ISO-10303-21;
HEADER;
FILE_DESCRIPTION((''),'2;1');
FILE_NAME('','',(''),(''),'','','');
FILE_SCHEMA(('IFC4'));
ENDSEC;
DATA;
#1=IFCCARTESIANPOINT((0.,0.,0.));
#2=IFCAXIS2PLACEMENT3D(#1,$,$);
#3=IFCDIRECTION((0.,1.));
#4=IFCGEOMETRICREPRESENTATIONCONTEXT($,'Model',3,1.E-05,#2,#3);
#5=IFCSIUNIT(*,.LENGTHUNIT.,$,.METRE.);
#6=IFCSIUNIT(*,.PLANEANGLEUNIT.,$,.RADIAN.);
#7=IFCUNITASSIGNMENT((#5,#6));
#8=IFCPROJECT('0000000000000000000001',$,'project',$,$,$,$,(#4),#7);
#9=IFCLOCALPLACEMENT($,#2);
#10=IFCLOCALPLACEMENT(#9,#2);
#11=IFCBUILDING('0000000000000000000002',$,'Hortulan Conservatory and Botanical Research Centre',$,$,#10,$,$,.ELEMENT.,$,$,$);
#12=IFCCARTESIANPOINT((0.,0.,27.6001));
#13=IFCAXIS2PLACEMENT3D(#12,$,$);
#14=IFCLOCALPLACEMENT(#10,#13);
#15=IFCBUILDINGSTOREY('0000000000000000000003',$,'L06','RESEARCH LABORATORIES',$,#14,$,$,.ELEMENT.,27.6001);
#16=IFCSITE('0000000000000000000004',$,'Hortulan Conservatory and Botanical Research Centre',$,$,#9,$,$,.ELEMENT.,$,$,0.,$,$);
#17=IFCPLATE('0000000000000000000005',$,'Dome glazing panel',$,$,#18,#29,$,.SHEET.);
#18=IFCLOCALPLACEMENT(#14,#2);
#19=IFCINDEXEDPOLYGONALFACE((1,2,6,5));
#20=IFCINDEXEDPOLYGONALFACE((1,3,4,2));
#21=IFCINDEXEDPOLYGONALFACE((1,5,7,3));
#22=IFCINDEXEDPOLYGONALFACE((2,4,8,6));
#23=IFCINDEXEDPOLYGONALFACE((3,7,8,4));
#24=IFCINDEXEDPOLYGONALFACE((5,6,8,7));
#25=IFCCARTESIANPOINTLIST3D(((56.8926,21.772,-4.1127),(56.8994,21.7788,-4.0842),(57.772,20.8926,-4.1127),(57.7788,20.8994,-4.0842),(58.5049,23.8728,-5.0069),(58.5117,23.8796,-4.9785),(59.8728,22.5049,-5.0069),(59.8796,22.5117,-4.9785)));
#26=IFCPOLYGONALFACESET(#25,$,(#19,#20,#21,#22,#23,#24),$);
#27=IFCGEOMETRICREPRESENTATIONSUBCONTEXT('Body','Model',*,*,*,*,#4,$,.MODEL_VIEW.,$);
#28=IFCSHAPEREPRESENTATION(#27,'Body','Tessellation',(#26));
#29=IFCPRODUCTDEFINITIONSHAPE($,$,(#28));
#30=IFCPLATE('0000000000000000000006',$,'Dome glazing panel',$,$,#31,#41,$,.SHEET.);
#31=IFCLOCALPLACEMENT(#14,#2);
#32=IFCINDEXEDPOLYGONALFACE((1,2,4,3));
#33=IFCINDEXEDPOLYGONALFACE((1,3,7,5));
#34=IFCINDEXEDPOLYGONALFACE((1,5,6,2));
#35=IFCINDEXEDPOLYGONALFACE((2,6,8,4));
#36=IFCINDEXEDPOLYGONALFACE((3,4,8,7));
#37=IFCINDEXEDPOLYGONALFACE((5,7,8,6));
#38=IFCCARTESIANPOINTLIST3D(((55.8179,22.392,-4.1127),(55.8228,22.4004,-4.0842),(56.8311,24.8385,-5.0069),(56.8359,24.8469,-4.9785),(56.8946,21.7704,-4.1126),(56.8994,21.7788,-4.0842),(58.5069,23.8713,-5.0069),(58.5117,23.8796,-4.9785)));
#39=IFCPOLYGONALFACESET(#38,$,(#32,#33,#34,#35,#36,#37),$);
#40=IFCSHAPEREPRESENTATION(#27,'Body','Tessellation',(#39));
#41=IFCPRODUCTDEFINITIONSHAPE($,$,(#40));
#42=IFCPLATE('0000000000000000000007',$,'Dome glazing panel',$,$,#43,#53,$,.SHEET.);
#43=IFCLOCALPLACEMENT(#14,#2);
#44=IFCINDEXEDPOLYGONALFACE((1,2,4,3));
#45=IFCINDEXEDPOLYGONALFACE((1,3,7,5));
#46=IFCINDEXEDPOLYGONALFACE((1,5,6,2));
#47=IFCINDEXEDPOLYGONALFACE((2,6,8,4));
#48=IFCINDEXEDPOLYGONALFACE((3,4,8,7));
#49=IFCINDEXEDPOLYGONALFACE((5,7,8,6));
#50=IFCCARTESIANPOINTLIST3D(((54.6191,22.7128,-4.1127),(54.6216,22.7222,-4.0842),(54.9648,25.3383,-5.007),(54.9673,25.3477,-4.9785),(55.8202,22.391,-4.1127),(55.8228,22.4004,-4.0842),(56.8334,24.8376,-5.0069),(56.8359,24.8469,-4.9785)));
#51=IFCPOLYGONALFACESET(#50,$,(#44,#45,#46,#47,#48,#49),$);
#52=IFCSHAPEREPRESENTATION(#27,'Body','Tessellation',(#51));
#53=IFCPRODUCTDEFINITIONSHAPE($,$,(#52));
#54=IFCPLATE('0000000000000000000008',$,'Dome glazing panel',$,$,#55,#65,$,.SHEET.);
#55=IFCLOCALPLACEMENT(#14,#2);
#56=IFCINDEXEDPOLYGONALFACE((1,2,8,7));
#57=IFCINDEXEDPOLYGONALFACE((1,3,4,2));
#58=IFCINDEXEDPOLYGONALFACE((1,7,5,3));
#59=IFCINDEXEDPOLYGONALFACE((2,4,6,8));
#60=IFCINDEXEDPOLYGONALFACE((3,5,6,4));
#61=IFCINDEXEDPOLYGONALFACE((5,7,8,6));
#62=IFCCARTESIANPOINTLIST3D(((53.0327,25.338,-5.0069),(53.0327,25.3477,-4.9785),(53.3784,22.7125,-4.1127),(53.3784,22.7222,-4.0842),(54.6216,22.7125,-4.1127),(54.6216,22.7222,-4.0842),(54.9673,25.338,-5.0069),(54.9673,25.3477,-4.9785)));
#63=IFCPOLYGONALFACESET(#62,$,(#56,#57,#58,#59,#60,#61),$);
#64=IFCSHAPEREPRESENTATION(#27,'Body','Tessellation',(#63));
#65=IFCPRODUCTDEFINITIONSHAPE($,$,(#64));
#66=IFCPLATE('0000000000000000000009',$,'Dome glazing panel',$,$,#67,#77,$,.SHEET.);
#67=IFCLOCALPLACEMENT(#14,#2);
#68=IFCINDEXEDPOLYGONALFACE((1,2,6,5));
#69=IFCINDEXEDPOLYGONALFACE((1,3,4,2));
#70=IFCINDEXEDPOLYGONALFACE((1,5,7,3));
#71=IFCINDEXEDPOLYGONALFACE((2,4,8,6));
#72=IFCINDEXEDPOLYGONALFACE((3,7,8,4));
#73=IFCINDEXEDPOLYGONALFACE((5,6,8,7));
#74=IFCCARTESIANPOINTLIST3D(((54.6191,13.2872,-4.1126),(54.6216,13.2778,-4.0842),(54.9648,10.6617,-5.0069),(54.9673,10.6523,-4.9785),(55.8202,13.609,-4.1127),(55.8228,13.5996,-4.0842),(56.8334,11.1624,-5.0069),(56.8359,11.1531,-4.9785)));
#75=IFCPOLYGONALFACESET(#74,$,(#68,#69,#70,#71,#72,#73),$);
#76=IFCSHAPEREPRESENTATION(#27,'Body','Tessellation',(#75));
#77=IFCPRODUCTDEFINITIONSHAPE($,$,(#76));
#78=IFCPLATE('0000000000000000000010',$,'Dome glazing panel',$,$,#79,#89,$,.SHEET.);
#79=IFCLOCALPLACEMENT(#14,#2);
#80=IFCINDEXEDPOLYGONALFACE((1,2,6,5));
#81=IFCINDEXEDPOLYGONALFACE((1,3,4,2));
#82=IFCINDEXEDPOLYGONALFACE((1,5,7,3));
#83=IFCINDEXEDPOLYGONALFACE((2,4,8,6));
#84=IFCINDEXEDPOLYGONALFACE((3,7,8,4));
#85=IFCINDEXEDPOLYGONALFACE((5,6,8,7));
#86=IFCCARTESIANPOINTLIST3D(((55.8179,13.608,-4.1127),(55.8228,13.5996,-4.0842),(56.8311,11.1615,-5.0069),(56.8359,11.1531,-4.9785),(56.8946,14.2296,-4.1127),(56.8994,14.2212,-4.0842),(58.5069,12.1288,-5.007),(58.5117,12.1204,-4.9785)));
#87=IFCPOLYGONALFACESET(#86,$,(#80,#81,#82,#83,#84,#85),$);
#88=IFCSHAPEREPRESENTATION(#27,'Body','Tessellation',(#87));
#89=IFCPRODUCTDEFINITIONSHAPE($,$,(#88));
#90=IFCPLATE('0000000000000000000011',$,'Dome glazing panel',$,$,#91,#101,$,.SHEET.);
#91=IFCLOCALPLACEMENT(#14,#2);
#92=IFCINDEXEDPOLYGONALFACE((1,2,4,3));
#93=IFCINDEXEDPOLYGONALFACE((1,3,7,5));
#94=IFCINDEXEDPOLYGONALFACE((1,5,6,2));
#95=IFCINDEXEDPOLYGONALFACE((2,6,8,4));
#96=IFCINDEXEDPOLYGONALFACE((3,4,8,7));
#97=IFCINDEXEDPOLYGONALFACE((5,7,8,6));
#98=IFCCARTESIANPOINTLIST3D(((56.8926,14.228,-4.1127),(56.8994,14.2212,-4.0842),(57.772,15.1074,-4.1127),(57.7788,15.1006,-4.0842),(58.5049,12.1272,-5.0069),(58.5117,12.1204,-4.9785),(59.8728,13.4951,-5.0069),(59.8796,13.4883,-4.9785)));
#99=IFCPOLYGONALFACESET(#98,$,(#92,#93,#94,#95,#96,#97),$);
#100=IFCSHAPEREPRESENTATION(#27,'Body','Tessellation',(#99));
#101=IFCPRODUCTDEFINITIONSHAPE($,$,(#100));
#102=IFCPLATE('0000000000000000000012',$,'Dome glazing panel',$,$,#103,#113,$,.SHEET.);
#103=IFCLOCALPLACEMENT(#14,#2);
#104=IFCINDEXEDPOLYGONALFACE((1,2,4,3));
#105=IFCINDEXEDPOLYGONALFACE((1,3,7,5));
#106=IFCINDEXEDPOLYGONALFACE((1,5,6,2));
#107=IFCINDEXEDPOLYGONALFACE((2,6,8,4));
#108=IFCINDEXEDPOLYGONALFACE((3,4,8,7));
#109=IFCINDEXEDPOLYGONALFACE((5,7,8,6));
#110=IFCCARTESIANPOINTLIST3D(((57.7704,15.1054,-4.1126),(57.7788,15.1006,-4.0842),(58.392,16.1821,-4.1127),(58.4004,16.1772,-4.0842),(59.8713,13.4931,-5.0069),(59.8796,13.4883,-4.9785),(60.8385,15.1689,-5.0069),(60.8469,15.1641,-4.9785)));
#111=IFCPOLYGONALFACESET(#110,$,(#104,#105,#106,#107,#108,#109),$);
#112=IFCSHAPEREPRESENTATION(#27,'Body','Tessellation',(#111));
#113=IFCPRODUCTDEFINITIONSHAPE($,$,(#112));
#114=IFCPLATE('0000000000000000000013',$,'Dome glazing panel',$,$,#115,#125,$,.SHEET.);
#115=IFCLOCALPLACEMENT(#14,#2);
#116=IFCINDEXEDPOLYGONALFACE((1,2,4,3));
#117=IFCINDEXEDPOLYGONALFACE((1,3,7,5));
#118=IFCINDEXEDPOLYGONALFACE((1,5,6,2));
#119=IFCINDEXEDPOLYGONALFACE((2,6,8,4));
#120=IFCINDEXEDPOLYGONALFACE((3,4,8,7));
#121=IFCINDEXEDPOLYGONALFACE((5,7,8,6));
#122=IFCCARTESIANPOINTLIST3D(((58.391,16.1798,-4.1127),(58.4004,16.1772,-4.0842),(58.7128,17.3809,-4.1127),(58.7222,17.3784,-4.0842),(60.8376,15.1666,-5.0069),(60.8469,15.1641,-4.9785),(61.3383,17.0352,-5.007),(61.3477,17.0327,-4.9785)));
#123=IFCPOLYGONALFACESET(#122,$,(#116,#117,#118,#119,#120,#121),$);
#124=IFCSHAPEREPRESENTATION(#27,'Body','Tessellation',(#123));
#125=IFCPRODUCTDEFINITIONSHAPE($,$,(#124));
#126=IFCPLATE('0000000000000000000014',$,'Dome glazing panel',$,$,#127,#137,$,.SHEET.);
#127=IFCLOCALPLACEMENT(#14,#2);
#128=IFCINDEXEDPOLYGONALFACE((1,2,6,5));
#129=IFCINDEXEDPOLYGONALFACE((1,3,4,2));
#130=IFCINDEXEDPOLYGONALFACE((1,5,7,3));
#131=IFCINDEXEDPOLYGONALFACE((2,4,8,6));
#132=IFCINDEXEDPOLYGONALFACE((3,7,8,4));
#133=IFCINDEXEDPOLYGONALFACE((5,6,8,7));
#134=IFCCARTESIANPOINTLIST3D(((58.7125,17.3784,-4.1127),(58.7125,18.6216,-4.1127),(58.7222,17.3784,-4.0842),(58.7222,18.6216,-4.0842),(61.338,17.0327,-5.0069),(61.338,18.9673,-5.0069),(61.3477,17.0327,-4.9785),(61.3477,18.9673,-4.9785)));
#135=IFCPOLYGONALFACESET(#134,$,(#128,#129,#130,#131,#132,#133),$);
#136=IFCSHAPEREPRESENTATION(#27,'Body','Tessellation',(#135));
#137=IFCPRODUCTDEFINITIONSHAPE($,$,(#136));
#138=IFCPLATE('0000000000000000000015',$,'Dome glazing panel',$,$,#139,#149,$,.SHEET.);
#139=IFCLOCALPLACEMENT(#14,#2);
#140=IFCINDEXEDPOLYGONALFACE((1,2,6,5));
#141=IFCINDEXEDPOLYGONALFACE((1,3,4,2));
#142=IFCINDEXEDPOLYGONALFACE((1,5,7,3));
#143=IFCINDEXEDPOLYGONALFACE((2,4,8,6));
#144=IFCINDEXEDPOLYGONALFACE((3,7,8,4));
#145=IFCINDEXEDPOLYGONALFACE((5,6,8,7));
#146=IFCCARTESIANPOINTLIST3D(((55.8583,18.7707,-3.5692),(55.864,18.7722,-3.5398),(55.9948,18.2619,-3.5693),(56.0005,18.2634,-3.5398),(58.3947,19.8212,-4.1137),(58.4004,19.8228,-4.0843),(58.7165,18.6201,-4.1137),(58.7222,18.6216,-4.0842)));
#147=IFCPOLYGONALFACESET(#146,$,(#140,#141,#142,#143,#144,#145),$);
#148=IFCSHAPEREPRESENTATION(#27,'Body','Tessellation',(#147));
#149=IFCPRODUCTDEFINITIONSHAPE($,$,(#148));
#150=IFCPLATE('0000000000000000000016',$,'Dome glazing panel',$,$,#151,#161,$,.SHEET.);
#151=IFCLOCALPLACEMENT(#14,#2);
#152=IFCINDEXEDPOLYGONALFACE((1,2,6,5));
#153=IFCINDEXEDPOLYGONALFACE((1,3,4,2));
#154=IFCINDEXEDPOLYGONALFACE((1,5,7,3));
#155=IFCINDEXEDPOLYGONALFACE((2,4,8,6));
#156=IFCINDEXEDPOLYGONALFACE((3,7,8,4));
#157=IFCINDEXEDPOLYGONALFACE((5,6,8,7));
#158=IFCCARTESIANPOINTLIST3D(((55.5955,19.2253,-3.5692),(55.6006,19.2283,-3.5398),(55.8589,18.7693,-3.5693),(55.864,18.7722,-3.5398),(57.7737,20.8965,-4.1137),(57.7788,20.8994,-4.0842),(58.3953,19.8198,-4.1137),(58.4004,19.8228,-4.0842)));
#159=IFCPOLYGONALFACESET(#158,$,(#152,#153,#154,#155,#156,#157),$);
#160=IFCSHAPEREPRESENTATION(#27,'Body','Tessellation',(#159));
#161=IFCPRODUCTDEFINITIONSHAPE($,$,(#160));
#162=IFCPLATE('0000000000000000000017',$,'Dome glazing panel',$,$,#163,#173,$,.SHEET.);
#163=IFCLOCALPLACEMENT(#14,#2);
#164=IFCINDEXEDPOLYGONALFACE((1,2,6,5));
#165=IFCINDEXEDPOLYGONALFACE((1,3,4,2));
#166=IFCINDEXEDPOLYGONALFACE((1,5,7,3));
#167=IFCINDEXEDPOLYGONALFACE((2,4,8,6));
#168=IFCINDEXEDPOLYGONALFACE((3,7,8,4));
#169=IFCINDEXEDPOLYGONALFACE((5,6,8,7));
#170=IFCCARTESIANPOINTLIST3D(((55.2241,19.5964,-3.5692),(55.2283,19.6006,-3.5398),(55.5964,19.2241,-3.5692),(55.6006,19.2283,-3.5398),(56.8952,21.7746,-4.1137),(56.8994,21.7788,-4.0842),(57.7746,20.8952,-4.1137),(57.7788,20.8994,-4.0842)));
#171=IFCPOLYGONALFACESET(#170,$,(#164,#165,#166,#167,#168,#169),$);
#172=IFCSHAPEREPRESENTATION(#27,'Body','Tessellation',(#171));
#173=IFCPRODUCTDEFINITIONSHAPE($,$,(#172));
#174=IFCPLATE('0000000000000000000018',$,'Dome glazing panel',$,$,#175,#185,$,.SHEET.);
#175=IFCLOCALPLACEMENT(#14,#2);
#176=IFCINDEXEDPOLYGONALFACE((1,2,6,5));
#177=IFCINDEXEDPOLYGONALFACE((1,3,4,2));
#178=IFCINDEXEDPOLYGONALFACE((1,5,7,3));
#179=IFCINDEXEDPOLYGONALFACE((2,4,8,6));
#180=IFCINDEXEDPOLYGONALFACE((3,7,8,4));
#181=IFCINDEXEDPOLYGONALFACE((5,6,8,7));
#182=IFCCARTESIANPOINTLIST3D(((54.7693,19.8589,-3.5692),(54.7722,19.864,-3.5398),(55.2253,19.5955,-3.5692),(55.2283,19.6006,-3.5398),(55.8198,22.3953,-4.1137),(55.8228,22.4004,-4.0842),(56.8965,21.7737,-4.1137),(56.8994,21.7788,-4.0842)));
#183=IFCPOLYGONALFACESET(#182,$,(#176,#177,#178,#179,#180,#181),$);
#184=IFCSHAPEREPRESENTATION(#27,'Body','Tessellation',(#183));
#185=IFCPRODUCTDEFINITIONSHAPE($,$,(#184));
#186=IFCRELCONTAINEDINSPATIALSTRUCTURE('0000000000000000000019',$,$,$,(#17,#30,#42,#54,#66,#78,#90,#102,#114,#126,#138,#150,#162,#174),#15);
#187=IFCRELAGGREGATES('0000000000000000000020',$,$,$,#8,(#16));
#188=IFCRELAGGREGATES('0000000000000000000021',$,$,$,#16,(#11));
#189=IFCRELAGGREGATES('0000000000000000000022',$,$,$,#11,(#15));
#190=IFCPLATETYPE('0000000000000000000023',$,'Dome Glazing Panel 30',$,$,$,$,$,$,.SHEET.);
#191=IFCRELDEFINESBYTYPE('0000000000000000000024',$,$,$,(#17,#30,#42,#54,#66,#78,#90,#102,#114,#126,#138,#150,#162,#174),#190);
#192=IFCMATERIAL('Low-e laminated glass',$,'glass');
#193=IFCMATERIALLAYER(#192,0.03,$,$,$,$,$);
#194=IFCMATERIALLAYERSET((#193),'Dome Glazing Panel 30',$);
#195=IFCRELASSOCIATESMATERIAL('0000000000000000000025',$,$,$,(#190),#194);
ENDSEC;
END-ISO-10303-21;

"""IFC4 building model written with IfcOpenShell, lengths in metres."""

from ifc_helpers import new_model, si_unit, direction, frame, origin, place, context, subcontext, project, spatial, polyline, outline, extrude, material, layer, layer_set, type_object, element, save


model = new_model("IFC4")

# Units and contexts
model_context = context("Model", 3, precision=1e-05, world=origin(), true_north=direction((0.0, 1.0)))
body_context = subcontext(model_context, "Body", "Model", "MODEL_VIEW")
ifc_project = project(units=[si_unit("LENGTHUNIT", "METRE"), si_unit("PLANEANGLEUNIT", "RADIAN")], contexts=[model_context])

# Site, building, storey
site_placement = place(None, origin())
site = spatial("IfcSite", under=ifc_project, at=site_placement, Name="Hortulan Conservatory and Botanical Research Centre", CompositionType="ELEMENT", RefElevation=0.0)
building_placement = place(site_placement, origin())
building = spatial("IfcBuilding", under=site, at=building_placement, Name="Hortulan Conservatory and Botanical Research Centre", CompositionType="ELEMENT")
storey_placement = place(building_placement, frame((0.0, 0.0, 27.6001)))
storey = spatial("IfcBuildingStorey", under=building, at=storey_placement, Name="L06", Description="RESEARCH LABORATORIES", CompositionType="ELEMENT", Elevation=27.6001)

# Plates
ifc_material = material(Name="Low-e laminated glass", Category="glass")
ifc_layer = layer(ifc_material, 0.03)
ifc_layer_set = layer_set([ifc_layer], Name="Dome Glazing Panel 30")
plate_type = type_object("IfcPlateType", Name="Dome Glazing Panel 30", PredefinedType="SHEET", material=ifc_layer_set)
plate_1_placement = place(storey_placement, frame((59.8796, 22.5117, -4.9785), z_axis=(0.227983, 0.227983, 0.946598), x_axis=(-0.707107, 0.707107, 0.0)))
element("IfcPlate", 1, at=plate_1_placement, inside=storey, type_object=plate_type, Name="Dome glazing panel", PredefinedType="SHEET", context=body_context, shape_type="SweptSolid", body=[
    extrude(outline(polyline([(0.0, 0.0), (1.9345, 0.0), (1.5891, 2.7737), (0.3454, 2.7737), (0.0, 0.0)])), origin(), (0.0, 0.0, -1.0), 0.03),
])
plate_2_placement = place(storey_placement, frame((58.5117, 23.8796, -4.9785), z_axis=(0.161197, 0.279246, 0.946593), x_axis=(-0.866075, 0.499915, 0.00001)))
element("IfcPlate", 2, at=plate_2_placement, inside=storey, type_object=plate_type, Name="Dome glazing panel", PredefinedType="SHEET", context=body_context, shape_type="SweptSolid", body=[
    extrude(outline(polyline([(0.0, 0.0), (1.9349, 0.0), (1.5894, 2.7735), (0.3461, 2.7736), (0.0, 0.0)])), origin(), (0.0, 0.0, -1.0), 0.03),
])
plate_3_placement = place(storey_placement, frame((56.8359, 24.8469, -4.9785), z_axis=(0.083447, 0.311445, 0.946593), x_axis=(-0.965923, 0.25883, -0.000009)))
element("IfcPlate", 3, at=plate_3_placement, inside=storey, type_object=plate_type, Name="Dome glazing panel", PredefinedType="SHEET", context=body_context, shape_type="SweptSolid", body=[
    extrude(outline(polyline([(0.0, 0.0), (1.9346, 0.0), (1.5889, 2.7736), (0.3454, 2.7735), (0.0, 0.0)])), origin(), (0.0, 0.0, -1.0), 0.03),
])
plate_4_placement = place(storey_placement, frame((54.9673, 25.3477, -4.9785), z_axis=(0.0, 0.322427, 0.946594), x_axis=(-1.0, 0.0, 0.0)))
element("IfcPlate", 4, at=plate_4_placement, inside=storey, type_object=plate_type, Name="Dome glazing panel", PredefinedType="SHEET", context=body_context, shape_type="SweptSolid", body=[
    extrude(outline(polyline([(0.0, 0.0), (1.9346, 0.0), (1.5889, 2.7736), (0.3457, 2.7736), (0.0, 0.0)])), origin(), (0.0, 0.0, -1.0), 0.03),
])
plate_5_placement = place(storey_placement, frame((54.9673, 10.6523, -4.9785), z_axis=(0.083447, -0.311445, 0.946593), x_axis=(0.965923, 0.25883, 0.000009)))
element("IfcPlate", 5, at=plate_5_placement, inside=storey, type_object=plate_type, Name="Dome glazing panel", PredefinedType="SHEET", context=body_context, shape_type="SweptSolid", body=[
    extrude(outline(polyline([(0.0, 0.0), (1.9346, 0.0), (1.5892, 2.7735), (0.3456, 2.7736), (0.0, 0.0)])), origin(), (0.0, 0.0, -1.0), 0.03),
])
plate_6_placement = place(storey_placement, frame((56.8359, 11.1531, -4.9785), z_axis=(0.161197, -0.279246, 0.946593), x_axis=(0.866075, 0.499915, -0.00001)))
element("IfcPlate", 6, at=plate_6_placement, inside=storey, type_object=plate_type, Name="Dome glazing panel", PredefinedType="SHEET", context=body_context, shape_type="SweptSolid", body=[
    extrude(outline(polyline([(0.0, 0.0), (1.9349, 0.0), (1.5888, 2.7736), (0.3456, 2.7735), (0.0, 0.0)])), origin(), (0.0, 0.0, -1.0), 0.03),
])
plate_7_placement = place(storey_placement, frame((58.5117, 12.1204, -4.9785), z_axis=(0.227983, -0.227983, 0.946598), x_axis=(0.707107, 0.707107, 0.0)))
element("IfcPlate", 7, at=plate_7_placement, inside=storey, type_object=plate_type, Name="Dome glazing panel", PredefinedType="SHEET", context=body_context, shape_type="SweptSolid", body=[
    extrude(outline(polyline([(0.0, 0.0), (1.9345, 0.0), (1.5891, 2.7737), (0.3454, 2.7737), (0.0, 0.0)])), origin(), (0.0, 0.0, -1.0), 0.03),
])
plate_8_placement = place(storey_placement, frame((59.8796, 13.4883, -4.9785), z_axis=(0.279246, -0.161197, 0.946593), x_axis=(0.499915, 0.866075, 0.00001)))
element("IfcPlate", 8, at=plate_8_placement, inside=storey, type_object=plate_type, Name="Dome glazing panel", PredefinedType="SHEET", context=body_context, shape_type="SweptSolid", body=[
    extrude(outline(polyline([(0.0, 0.0), (1.9349, 0.0), (1.5894, 2.7735), (0.3461, 2.7736), (0.0, 0.0)])), origin(), (0.0, 0.0, -1.0), 0.03),
])
plate_9_placement = place(storey_placement, frame((60.8469, 15.1641, -4.9785), z_axis=(0.311445, -0.083447, 0.946593), x_axis=(0.25883, 0.965923, -0.000009)))
element("IfcPlate", 9, at=plate_9_placement, inside=storey, type_object=plate_type, Name="Dome glazing panel", PredefinedType="SHEET", context=body_context, shape_type="SweptSolid", body=[
    extrude(outline(polyline([(0.0, 0.0), (1.9346, 0.0), (1.5889, 2.7736), (0.3454, 2.7735), (0.0, 0.0)])), origin(), (0.0, 0.0, -1.0), 0.03),
])
plate_10_placement = place(storey_placement, frame((61.3477, 17.0327, -4.9785), z_axis=(0.322427, 0.0, 0.946594), x_axis=(0.0, 1.0, 0.0)))
element("IfcPlate", 10, at=plate_10_placement, inside=storey, type_object=plate_type, Name="Dome glazing panel", PredefinedType="SHEET", context=body_context, shape_type="SweptSolid", body=[
    extrude(outline(polyline([(0.0, 0.0), (1.9346, 0.0), (1.5889, 2.7736), (0.3457, 2.7736), (0.0, 0.0)])), origin(), (0.0, 0.0, -1.0), 0.03),
])
plate_11_placement = place(storey_placement, frame((58.7222, 18.6216, -4.0842), z_axis=(0.18946, 0.050773, 0.980575), x_axis=(-0.258766, 0.96594, -0.000019)))
element("IfcPlate", 11, at=plate_11_placement, inside=storey, type_object=plate_type, Name="Dome glazing panel", PredefinedType="SHEET", context=body_context, shape_type="SweptSolid", body=[
    extrude(outline(polyline([(0.0, 0.0), (1.2435, 0.0), (0.8851, 2.7757), (0.3583, 2.7756), (0.0, 0.0)])), origin(), (0.0, 0.0, -1.0), 0.03),
])
plate_12_placement = place(storey_placement, frame((58.4004, 19.8228, -4.0842), z_axis=(0.169853, 0.098075, 0.980577), x_axis=(-0.499985, 0.866034, -0.000013)))
element("IfcPlate", 12, at=plate_12_placement, inside=storey, type_object=plate_type, Name="Dome glazing panel", PredefinedType="SHEET", context=body_context, shape_type="SweptSolid", body=[
    extrude(outline(polyline([(0.0, 0.0), (1.2432, 0.0), (0.885, 2.7759), (0.3583, 2.7758), (0.0, 0.0)])), origin(), (0.0, 0.0, -1.0), 0.03),
])
plate_13_placement = place(storey_placement, frame((57.7788, 20.8994, -4.0842), z_axis=(0.138688, 0.138688, 0.980577), x_axis=(-0.707107, 0.707107, 0.0)))
element("IfcPlate", 13, at=plate_13_placement, inside=storey, type_object=plate_type, Name="Dome glazing panel", PredefinedType="SHEET", context=body_context, shape_type="SweptSolid", body=[
    extrude(outline(polyline([(0.0, 0.0), (1.2437, 0.0), (0.8851, 2.7758), (0.3586, 2.7758), (0.0, 0.0)])), origin(), (0.0, 0.0, -1.0), 0.03),
])
plate_14_placement = place(storey_placement, frame((56.8994, 21.7788, -4.0842), z_axis=(0.098075, 0.169853, 0.980577), x_axis=(-0.866034, 0.499985, 0.000013)))
element("IfcPlate", 14, at=plate_14_placement, inside=storey, type_object=plate_type, Name="Dome glazing panel", PredefinedType="SHEET", context=body_context, shape_type="SweptSolid", body=[
    extrude(outline(polyline([(0.0, 0.0), (1.2432, 0.0), (0.8849, 2.7758), (0.3582, 2.7759), (0.0, 0.0)])), origin(), (0.0, 0.0, -1.0), 0.03),
])

save(model, "model.ifc")
